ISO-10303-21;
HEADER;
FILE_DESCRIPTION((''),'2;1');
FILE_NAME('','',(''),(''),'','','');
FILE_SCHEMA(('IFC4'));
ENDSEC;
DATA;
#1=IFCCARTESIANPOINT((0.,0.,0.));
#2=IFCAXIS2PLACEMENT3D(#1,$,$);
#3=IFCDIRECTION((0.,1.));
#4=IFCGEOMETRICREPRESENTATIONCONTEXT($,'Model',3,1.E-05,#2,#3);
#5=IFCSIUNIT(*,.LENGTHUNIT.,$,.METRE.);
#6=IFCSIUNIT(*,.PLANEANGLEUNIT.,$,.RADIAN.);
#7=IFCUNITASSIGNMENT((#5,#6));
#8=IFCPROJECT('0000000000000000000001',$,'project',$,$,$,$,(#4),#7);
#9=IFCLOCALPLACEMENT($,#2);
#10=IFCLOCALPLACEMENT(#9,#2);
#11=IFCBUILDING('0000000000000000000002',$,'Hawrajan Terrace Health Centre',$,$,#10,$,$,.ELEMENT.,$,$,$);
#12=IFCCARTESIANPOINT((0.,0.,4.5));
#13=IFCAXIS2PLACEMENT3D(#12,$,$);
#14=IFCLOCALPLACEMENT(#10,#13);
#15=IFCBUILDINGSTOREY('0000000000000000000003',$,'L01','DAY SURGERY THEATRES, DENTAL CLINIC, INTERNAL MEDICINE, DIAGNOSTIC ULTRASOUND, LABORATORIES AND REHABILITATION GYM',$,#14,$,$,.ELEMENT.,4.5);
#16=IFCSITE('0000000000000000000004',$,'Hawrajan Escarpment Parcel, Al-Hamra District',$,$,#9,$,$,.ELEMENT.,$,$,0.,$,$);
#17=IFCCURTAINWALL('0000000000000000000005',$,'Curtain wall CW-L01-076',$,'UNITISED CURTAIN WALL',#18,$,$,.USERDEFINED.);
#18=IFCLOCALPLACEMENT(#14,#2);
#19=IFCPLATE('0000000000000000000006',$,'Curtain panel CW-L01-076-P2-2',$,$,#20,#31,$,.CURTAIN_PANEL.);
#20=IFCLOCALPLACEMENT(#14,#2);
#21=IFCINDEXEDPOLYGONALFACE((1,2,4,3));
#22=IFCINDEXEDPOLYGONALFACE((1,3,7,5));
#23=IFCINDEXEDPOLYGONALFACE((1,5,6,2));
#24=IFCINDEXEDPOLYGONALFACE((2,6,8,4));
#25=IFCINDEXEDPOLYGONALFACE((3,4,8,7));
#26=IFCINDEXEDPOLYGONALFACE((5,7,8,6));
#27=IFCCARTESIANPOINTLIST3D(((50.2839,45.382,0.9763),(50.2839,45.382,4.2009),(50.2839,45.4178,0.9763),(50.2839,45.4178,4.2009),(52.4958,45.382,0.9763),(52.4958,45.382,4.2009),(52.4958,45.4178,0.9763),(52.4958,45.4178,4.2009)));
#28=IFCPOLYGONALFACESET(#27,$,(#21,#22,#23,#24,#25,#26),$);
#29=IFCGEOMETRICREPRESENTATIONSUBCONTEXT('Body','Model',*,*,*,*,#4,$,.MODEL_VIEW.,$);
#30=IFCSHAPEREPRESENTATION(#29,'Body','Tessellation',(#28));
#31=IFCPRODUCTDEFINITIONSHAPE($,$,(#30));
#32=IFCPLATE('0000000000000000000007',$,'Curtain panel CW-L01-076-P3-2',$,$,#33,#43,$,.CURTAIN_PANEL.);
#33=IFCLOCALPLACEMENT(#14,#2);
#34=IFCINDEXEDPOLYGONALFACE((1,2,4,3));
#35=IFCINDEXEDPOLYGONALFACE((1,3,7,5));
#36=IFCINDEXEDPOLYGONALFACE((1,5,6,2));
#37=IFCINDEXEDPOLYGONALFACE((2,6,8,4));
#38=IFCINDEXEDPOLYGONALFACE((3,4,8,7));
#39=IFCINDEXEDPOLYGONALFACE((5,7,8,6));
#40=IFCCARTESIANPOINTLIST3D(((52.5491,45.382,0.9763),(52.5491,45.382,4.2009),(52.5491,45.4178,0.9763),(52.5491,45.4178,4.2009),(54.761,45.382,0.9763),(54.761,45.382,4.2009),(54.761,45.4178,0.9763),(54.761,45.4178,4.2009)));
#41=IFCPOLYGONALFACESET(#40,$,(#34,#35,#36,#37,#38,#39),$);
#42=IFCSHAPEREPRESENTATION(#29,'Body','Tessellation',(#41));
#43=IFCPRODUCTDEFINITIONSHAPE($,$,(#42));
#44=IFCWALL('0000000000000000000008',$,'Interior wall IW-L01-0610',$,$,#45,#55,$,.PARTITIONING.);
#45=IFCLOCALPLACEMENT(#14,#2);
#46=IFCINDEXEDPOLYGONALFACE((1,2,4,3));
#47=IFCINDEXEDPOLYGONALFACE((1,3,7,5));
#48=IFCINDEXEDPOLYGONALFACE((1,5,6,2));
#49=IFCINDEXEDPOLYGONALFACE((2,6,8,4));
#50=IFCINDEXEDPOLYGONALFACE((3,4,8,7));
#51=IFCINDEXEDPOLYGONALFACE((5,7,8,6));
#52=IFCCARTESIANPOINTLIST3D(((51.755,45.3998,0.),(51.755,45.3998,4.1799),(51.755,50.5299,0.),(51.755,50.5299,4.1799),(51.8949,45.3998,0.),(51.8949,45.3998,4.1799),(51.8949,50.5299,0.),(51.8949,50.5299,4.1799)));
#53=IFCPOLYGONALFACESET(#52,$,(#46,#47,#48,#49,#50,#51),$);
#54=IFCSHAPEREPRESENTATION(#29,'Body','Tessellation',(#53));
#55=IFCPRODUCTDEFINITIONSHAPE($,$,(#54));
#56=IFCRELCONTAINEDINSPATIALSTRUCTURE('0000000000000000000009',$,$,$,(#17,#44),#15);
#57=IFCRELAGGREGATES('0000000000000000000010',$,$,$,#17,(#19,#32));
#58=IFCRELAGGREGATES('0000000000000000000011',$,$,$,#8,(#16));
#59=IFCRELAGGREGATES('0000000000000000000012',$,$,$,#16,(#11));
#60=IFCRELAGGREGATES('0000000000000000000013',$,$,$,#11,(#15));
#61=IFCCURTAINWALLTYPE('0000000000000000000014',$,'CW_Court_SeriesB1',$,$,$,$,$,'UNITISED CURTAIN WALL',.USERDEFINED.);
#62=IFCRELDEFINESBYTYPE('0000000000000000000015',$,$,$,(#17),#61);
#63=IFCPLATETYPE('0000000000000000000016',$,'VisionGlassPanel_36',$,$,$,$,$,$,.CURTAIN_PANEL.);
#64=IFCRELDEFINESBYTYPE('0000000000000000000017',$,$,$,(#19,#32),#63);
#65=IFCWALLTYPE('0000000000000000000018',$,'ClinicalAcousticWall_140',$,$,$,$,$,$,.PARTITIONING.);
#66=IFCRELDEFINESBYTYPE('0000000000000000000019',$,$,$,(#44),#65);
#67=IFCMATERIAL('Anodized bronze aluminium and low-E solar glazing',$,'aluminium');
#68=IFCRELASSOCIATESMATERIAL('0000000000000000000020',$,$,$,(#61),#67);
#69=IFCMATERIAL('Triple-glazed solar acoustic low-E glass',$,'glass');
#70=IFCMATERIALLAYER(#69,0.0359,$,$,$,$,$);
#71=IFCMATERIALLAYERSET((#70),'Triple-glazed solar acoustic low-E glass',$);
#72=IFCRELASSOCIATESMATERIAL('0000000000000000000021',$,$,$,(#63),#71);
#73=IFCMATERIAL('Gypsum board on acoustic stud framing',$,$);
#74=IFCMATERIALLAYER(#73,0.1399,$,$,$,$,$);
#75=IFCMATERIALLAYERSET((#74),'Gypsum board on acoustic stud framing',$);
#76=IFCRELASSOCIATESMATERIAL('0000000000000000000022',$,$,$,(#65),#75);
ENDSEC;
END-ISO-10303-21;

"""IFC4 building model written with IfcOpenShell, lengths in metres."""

from ifc_helpers import new_model, si_unit, direction, frame, frame_2d, origin, origin_2d, place, context, subcontext, project, spatial, rectangle, extrude, material, layer, layer_set, type_object, element, aggregate, save


model = new_model("IFC4")

# Units and contexts
model_context = context("Model", 3, precision=1e-05, world=origin(), true_north=direction((0.0, 1.0)))
body_context = subcontext(model_context, "Body", "Model", "MODEL_VIEW")
ifc_project = project(units=[si_unit("LENGTHUNIT", "METRE"), si_unit("PLANEANGLEUNIT", "RADIAN")], contexts=[model_context])

# Site, building, storey
site_placement = place(None, origin())
site = spatial("IfcSite", under=ifc_project, at=site_placement, Name="Hawrajan Escarpment Parcel, Al-Hamra District", CompositionType="ELEMENT", RefElevation=0.0)
building_placement = place(site_placement, origin())
building = spatial("IfcBuilding", under=site, at=building_placement, Name="Hawrajan Terrace Health Centre", CompositionType="ELEMENT")
storey_placement = place(building_placement, frame((0.0, 0.0, 4.5)))
storey = spatial("IfcBuildingStorey", under=building, at=storey_placement, Name="L01", Description="DAY SURGERY THEATRES, DENTAL CLINIC, INTERNAL MEDICINE, DIAGNOSTIC ULTRASOUND, LABORATORIES AND REHABILITATION GYM", CompositionType="ELEMENT", Elevation=4.5)

# Shared definitions
ifc_material_1 = material(Name="Anodized bronze aluminium and low-E solar glazing", Category="aluminium")

# Curtain wall
curtain_wall_type_1 = type_object("IfcCurtainWallType", Name="CW_Court_SeriesB1", ElementType="UNITISED CURTAIN WALL", PredefinedType="USERDEFINED", material=ifc_material_1)
curtain_wall_1_placement = place(storey_placement, origin())
curtain_wall_1 = element("IfcCurtainWall", 1, at=curtain_wall_1_placement, inside=storey, type_object=curtain_wall_type_1, Name="Curtain wall CW-L01-076", ObjectType="UNITISED CURTAIN WALL", PredefinedType="USERDEFINED")

# Plates
ifc_material_2 = material(Name="Triple-glazed solar acoustic low-E glass", Category="glass")
ifc_layer_1 = layer(ifc_material_2, 0.0359)
ifc_layer_set_1 = layer_set([ifc_layer_1], Name="Triple-glazed solar acoustic low-E glass")
plate_type_1 = type_object("IfcPlateType", Name="VisionGlassPanel_36", PredefinedType="CURTAIN_PANEL", material=ifc_layer_set_1)
plate_1_placement = place(storey_placement, frame((51.3899, 45.3999, 0.9763), z_axis=(0.0, 0.0, 1.0), x_axis=(1.0, 0.0, 0.0)))
plate_1 = element("IfcPlate", 2, at=plate_1_placement, type_object=plate_type_1, Name="Curtain panel CW-L01-076-P2-2", PredefinedType="CURTAIN_PANEL", context=body_context, shape_type="SweptSolid", body=[
    extrude(rectangle(XDim=2.2119, YDim=0.0359, at=origin_2d()), origin(), (0.0, 0.0, 1.0), 3.2246),
])
plate_2_placement = place(storey_placement, frame((53.655, 45.3999, 0.9763), z_axis=(0.0, 0.0, 1.0), x_axis=(1.0, 0.0, 0.0)))
plate_2 = element("IfcPlate", 3, at=plate_2_placement, type_object=plate_type_1, Name="Curtain panel CW-L01-076-P3-2", PredefinedType="CURTAIN_PANEL", context=body_context, shape_type="SweptSolid", body=[
    extrude(rectangle(XDim=2.2119, YDim=0.0359, at=origin_2d()), origin(), (0.0, 0.0, 1.0), 3.2246),
])
aggregate(curtain_wall_1, [plate_1, plate_2])

# Wall
ifc_material_3 = material(Name="Gypsum board on acoustic stud framing")
ifc_layer_2 = layer(ifc_material_3, 0.1399)
ifc_layer_set_2 = layer_set([ifc_layer_2], Name="Gypsum board on acoustic stud framing")
wall_type = type_object("IfcWallType", Name="ClinicalAcousticWall_140", PredefinedType="PARTITIONING", material=ifc_layer_set_2)
wall_placement = place(storey_placement, frame((51.825, 45.3999, 0.0), z_axis=(0.0, 0.0, 1.0), x_axis=(0.0, 1.0, 0.0)))
element("IfcWall", 4, at=wall_placement, inside=storey, type_object=wall_type, Name="Interior wall IW-L01-0610", PredefinedType="PARTITIONING", context=body_context, shape_type="SweptSolid", body=[
    extrude(rectangle(XDim=5.1301, YDim=0.1399, at=frame_2d((2.5649, 0.0))), origin(), (0.0, 0.0, 1.0), 4.1799),
])

save(model, "model.ifc")
